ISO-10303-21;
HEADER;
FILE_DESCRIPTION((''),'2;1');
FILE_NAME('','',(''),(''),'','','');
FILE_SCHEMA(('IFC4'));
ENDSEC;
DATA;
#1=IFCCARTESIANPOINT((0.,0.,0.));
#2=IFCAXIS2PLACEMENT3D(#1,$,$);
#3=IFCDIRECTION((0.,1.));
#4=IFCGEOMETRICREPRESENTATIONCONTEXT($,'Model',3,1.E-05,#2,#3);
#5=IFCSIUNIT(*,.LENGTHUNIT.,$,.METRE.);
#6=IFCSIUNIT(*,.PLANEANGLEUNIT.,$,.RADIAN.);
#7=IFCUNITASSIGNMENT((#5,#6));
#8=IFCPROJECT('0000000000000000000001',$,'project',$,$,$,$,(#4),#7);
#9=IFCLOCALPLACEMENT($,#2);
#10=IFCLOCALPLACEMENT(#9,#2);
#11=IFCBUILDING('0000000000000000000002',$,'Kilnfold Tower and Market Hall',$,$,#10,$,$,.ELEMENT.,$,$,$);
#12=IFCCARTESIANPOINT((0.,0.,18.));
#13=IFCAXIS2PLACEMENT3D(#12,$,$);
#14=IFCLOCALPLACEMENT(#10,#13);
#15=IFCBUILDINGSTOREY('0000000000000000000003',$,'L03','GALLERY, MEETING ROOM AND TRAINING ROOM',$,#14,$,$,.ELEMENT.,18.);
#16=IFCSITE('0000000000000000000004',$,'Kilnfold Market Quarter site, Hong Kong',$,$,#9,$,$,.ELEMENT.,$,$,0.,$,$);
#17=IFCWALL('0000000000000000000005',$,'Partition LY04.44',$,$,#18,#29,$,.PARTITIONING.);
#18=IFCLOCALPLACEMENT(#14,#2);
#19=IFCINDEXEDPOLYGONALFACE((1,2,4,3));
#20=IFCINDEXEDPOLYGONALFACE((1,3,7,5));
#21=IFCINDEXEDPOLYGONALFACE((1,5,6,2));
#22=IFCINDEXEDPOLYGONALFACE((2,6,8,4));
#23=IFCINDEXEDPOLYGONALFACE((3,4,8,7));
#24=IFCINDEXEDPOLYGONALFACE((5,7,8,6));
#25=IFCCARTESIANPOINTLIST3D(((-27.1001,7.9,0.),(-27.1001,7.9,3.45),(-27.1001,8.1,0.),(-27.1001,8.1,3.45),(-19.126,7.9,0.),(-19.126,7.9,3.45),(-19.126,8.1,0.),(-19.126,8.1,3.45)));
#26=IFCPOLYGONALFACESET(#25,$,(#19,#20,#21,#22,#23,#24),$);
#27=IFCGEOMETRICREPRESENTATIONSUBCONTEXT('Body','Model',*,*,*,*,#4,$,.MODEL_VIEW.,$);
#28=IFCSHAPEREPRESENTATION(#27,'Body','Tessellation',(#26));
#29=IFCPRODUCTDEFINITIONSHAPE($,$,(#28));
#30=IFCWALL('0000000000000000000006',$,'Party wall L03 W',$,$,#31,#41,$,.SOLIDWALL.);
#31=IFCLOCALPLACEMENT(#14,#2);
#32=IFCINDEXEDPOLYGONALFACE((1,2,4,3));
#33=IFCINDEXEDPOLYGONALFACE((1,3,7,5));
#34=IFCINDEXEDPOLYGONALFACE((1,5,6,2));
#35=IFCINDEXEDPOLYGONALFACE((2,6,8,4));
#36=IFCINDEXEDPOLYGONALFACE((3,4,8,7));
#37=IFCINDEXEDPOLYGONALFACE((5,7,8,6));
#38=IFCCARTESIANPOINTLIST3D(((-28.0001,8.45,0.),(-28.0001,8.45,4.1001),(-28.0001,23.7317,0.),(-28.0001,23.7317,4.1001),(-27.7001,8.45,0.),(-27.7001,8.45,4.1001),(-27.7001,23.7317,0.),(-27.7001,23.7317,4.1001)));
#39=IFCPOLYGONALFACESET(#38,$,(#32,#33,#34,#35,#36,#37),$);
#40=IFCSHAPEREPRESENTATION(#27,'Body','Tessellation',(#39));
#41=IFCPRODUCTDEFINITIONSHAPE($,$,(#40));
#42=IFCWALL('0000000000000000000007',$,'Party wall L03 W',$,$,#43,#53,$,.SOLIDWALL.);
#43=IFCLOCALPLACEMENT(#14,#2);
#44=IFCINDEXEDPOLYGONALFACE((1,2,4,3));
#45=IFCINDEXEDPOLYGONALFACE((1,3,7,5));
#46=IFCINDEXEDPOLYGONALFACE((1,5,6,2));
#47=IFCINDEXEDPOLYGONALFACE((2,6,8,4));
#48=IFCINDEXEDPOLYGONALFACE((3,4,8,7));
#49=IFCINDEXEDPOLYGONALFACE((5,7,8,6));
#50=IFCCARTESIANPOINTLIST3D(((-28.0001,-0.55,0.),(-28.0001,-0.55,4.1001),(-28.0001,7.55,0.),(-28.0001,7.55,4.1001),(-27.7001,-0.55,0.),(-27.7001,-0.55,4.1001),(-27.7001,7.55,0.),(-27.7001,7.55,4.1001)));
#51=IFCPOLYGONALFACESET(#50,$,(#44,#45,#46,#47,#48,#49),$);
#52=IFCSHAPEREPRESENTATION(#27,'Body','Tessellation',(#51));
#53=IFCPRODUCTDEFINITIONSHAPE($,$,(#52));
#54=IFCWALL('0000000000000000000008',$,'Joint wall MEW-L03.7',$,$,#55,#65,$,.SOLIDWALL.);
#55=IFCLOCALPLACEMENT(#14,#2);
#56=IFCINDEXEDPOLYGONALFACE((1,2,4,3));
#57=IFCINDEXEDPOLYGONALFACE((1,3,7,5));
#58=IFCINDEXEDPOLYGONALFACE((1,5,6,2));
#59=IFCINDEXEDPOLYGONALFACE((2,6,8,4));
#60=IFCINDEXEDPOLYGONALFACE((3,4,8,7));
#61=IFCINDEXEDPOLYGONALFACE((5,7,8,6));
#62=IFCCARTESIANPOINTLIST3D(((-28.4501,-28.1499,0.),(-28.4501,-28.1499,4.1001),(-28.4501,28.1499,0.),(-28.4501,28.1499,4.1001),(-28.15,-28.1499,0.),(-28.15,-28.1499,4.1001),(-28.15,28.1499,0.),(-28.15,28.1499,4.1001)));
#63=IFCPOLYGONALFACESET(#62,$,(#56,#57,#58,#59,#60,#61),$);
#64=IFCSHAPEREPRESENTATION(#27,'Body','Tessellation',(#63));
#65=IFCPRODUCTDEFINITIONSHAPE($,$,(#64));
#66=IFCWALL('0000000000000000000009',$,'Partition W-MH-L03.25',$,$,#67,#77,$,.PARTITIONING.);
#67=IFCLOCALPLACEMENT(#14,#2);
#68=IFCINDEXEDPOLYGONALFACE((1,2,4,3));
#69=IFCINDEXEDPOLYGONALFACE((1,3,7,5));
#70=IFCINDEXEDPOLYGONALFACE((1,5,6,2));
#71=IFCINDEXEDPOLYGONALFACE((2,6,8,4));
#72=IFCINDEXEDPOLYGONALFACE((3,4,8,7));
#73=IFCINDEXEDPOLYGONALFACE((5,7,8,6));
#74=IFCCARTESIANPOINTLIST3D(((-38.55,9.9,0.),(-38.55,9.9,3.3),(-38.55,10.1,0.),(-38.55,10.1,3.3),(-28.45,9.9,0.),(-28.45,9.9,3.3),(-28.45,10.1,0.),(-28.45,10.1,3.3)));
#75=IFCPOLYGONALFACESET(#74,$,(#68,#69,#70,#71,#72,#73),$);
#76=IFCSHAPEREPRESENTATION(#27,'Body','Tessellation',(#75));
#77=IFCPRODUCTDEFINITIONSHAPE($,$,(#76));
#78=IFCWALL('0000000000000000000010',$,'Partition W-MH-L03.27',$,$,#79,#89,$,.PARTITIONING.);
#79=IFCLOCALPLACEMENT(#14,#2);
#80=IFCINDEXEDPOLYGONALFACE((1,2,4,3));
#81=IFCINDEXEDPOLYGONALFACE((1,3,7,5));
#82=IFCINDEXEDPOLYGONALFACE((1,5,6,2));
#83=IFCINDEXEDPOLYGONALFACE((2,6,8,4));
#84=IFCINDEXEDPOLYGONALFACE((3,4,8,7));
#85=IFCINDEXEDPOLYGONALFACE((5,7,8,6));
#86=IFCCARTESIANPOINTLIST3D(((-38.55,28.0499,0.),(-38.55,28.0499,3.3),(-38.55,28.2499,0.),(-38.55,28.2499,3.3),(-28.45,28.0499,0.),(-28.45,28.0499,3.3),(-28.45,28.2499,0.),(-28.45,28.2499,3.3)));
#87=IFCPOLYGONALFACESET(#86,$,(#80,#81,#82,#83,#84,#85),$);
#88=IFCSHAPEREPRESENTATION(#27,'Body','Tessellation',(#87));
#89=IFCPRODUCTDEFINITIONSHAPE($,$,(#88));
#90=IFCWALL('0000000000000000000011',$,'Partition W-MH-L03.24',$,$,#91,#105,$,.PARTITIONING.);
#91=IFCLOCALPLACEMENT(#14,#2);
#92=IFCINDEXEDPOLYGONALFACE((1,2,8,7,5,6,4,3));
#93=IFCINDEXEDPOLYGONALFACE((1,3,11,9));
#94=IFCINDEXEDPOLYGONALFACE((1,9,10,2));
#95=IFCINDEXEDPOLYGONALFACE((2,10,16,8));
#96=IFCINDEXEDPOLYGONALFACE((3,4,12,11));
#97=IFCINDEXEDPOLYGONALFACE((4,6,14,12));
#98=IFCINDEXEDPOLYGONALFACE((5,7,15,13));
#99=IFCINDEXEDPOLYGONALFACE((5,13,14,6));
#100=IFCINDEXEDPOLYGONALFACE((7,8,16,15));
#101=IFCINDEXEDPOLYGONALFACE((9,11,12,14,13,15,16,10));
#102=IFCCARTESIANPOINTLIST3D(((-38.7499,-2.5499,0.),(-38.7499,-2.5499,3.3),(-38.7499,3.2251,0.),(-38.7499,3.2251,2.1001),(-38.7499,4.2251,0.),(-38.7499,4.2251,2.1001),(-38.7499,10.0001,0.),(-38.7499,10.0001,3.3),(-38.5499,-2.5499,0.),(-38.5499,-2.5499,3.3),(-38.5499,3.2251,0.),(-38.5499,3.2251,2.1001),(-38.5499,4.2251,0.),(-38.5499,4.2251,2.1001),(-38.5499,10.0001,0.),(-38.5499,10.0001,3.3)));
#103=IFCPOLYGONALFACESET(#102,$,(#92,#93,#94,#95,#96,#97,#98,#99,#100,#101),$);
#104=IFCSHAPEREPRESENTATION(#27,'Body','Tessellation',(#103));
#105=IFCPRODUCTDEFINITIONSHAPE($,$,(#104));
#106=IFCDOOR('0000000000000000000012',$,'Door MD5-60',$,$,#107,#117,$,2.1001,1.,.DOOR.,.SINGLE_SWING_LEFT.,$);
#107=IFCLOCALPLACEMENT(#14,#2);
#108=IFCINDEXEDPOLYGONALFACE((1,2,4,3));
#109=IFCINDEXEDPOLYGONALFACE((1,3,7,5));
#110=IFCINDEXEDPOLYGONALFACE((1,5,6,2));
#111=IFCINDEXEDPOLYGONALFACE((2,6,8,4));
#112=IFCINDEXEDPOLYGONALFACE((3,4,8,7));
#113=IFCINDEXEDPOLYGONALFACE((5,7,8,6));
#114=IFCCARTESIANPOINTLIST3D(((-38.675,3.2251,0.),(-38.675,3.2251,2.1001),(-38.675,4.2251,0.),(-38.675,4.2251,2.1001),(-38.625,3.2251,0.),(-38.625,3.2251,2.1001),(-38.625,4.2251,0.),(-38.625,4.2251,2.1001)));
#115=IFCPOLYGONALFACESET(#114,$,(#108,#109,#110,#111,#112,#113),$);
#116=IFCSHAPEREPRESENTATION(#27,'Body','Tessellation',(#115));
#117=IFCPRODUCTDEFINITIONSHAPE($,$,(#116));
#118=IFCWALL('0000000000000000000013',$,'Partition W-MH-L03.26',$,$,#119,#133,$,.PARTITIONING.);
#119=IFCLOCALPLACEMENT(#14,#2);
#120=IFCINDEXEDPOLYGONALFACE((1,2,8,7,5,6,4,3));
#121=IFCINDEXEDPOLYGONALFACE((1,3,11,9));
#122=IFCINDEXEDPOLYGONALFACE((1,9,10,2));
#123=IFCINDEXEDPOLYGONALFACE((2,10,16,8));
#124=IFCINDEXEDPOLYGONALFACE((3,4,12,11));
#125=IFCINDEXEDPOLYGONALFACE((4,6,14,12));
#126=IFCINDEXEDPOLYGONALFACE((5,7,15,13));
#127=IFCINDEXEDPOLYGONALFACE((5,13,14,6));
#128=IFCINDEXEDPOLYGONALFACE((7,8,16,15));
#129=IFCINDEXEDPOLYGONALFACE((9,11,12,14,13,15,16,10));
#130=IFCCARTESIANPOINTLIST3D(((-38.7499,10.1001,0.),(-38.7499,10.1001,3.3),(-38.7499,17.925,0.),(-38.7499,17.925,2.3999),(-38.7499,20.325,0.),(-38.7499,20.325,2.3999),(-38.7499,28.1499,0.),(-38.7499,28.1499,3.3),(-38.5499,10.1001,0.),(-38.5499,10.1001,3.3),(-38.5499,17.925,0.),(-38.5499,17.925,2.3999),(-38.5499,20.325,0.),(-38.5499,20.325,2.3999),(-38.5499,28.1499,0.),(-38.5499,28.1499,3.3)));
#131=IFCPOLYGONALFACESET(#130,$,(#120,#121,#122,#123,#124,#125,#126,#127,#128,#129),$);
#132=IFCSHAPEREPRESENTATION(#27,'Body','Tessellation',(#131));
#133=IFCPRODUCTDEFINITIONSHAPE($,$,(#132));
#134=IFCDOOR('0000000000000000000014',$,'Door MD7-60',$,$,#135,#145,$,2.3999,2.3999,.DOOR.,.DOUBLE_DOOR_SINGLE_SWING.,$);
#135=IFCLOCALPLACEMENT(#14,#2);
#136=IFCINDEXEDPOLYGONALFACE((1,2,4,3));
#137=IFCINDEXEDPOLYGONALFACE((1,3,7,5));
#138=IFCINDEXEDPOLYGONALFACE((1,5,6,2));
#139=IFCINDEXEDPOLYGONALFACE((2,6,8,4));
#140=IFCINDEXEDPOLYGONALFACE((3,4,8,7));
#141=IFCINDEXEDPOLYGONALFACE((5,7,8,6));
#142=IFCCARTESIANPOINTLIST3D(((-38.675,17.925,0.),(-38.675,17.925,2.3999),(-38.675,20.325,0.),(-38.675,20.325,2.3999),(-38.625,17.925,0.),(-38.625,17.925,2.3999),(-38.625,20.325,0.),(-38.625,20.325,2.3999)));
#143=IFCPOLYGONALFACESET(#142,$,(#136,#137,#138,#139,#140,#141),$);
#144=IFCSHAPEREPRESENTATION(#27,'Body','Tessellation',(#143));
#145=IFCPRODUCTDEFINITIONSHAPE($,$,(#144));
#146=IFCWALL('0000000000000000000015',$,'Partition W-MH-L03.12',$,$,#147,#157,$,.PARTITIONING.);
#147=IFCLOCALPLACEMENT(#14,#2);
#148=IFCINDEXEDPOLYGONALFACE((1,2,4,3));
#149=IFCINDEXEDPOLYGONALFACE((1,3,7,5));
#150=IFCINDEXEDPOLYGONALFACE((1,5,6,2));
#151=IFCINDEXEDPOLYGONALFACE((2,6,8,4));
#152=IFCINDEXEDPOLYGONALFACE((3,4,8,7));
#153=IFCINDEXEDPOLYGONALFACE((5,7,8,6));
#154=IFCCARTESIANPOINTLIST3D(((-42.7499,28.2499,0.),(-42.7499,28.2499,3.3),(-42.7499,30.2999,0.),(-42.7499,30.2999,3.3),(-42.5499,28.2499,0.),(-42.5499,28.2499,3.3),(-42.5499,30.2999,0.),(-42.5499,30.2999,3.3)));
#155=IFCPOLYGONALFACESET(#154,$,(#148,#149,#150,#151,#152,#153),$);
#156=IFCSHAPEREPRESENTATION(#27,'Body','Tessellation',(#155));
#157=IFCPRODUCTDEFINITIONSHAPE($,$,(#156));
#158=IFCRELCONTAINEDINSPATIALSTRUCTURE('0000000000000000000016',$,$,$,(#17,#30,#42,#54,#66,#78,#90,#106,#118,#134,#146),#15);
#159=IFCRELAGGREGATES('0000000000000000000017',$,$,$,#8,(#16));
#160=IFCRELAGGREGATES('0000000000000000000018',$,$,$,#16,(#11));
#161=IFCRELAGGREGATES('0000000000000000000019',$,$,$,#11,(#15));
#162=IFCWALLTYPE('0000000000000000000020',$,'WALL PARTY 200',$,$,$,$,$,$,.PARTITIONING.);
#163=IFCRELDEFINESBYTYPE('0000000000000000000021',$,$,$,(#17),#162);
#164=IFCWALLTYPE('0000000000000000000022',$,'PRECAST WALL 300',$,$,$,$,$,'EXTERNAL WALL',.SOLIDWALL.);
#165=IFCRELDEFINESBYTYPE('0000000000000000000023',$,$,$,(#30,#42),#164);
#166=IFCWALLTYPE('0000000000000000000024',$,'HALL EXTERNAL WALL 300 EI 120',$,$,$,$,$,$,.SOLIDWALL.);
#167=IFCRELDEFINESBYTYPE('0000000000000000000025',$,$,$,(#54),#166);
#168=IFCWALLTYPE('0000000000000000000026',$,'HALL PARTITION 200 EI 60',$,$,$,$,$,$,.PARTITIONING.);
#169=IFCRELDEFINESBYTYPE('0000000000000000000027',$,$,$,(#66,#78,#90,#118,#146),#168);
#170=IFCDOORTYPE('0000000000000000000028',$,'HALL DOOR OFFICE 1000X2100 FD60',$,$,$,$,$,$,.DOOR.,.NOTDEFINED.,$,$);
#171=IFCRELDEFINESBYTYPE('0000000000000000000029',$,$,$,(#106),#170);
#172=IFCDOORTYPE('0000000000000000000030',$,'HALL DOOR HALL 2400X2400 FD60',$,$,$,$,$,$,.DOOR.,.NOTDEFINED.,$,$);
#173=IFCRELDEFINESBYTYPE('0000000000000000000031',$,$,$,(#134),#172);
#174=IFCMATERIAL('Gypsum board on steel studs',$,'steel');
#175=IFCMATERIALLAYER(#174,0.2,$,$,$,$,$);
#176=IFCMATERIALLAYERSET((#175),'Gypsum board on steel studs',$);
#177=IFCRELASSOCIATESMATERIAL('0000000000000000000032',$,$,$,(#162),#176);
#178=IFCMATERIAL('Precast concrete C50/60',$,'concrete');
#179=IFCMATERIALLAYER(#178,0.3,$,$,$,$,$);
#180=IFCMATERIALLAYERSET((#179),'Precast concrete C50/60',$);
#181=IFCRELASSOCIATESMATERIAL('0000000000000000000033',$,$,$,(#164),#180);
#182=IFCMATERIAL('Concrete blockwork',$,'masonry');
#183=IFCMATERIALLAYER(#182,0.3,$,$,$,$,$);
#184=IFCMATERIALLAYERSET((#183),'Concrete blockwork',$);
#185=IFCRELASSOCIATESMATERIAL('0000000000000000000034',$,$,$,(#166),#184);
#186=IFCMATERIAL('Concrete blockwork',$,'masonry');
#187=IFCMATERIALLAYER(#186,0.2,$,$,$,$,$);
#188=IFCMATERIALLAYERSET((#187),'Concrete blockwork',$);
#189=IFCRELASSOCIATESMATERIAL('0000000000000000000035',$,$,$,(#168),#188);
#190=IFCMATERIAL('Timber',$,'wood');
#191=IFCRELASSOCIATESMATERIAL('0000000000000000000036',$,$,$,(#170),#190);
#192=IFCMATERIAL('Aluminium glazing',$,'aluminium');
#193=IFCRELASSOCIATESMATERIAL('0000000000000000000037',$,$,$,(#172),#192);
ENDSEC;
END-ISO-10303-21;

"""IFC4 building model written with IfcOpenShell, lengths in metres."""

from ifc_helpers import new_model, si_unit, direction, frame, frame_2d, origin, place, context, subcontext, project, spatial, rectangle, extrude, source, transform, mapped, material, layer, layer_set, type_object, element, fill, save


model = new_model("IFC4")

# Units and contexts
model_context = context("Model", 3, precision=1e-05, world=origin(), true_north=direction((0.0, 1.0)))
body_context = subcontext(model_context, "Body", "Model", "MODEL_VIEW")
ifc_project = project(units=[si_unit("LENGTHUNIT", "METRE"), si_unit("PLANEANGLEUNIT", "RADIAN")], contexts=[model_context])

# Site, building, storey
site_placement = place(None, origin())
site = spatial("IfcSite", under=ifc_project, at=site_placement, Name="Kilnfold Market Quarter site, Hong Kong", CompositionType="ELEMENT", RefElevation=0.0)
building_placement = place(site_placement, origin())
building = spatial("IfcBuilding", under=site, at=building_placement, Name="Kilnfold Tower and Market Hall", CompositionType="ELEMENT")
storey_placement = place(building_placement, frame((0.0, 0.0, 18.0)))
storey = spatial("IfcBuildingStorey", under=building, at=storey_placement, Name="L03", Description="GALLERY, MEETING ROOM AND TRAINING ROOM", CompositionType="ELEMENT", Elevation=18.0)

# Walls
ifc_material_1 = material(Name="Gypsum board on steel studs", Category="steel")
ifc_layer_1 = layer(ifc_material_1, 0.2)
ifc_layer_set_1 = layer_set([ifc_layer_1], Name="Gypsum board on steel studs")
wall_type_1 = type_object("IfcWallType", Name="WALL PARTY 200", PredefinedType="PARTITIONING", material=ifc_layer_set_1)
wall_1_placement = place(storey_placement, frame((-27.1001, 8.0, 0.0), z_axis=(0.0, 0.0, 1.0), x_axis=(1.0, 0.0, 0.0)))
element("IfcWall", 1, at=wall_1_placement, inside=storey, type_object=wall_type_1, Name="Partition LY04.44", PredefinedType="PARTITIONING", context=body_context, shape_type="SweptSolid", body=[
    extrude(rectangle(XDim=7.9741, YDim=0.2, at=frame_2d((3.9871, 0.0))), origin(), (0.0, 0.0, 1.0), 3.45),
])
ifc_material_2 = material(Name="Precast concrete C50/60", Category="concrete")
ifc_layer_2 = layer(ifc_material_2, 0.3)
ifc_layer_set_2 = layer_set([ifc_layer_2], Name="Precast concrete C50/60")
wall_type_2 = type_object("IfcWallType", Name="PRECAST WALL 300", ElementType="EXTERNAL WALL", PredefinedType="SOLIDWALL", material=ifc_layer_set_2)
shared_shape_1 = source(origin(), body_context, "Body", "SweptSolid", [
    extrude(rectangle(XDim=15.2817, YDim=0.3, at=frame_2d((7.6409, 0.0))), origin(), (0.0, 0.0, 1.0), 4.1001),
])
wall_2_placement = place(storey_placement, frame((-27.8501, 23.7317, 0.0), z_axis=(0.0, 0.0, 1.0), x_axis=(0.0, -1.0, 0.0)))
element("IfcWall", 2, at=wall_2_placement, inside=storey, type_object=wall_type_2, Name="Party wall L03 W", PredefinedType="SOLIDWALL", context=body_context, shape_type="MappedRepresentation", body=[
    mapped(shared_shape_1, transform((0.0, 0.0, 0.0))),
])
shared_shape_2 = source(origin(), body_context, "Body", "SweptSolid", [
    extrude(rectangle(XDim=8.1001, YDim=0.3, at=frame_2d((4.05, 0.0))), origin(), (0.0, 0.0, 1.0), 4.1001),
])
wall_3_placement = place(storey_placement, frame((-27.8501, 7.55, 0.0), z_axis=(0.0, 0.0, 1.0), x_axis=(0.0, -1.0, 0.0)))
element("IfcWall", 3, at=wall_3_placement, inside=storey, type_object=wall_type_2, Name="Party wall L03 W", PredefinedType="SOLIDWALL", context=body_context, shape_type="MappedRepresentation", body=[
    mapped(shared_shape_2, transform((0.0, 0.0, 0.0))),
])
ifc_material_3 = material(Name="Concrete blockwork", Category="masonry")
ifc_layer_3 = layer(ifc_material_3, 0.3)
ifc_layer_set_3 = layer_set([ifc_layer_3], Name="Concrete blockwork")
wall_type_3 = type_object("IfcWallType", Name="HALL EXTERNAL WALL 300 EI 120", PredefinedType="SOLIDWALL", material=ifc_layer_set_3)
shared_shape_3 = source(origin(), body_context, "Body", "SweptSolid", [
    extrude(rectangle(XDim=56.2998, YDim=0.3, at=frame_2d((28.1499, 0.0))), origin(), (0.0, 0.0, 1.0), 4.1001),
])
wall_4_placement = place(storey_placement, frame((-28.3, 28.1499, 0.0), z_axis=(0.0, 0.0, 1.0), x_axis=(0.0, -1.0, 0.0)))
element("IfcWall", 4, at=wall_4_placement, inside=storey, type_object=wall_type_3, Name="Joint wall MEW-L03.7", PredefinedType="SOLIDWALL", context=body_context, shape_type="MappedRepresentation", body=[
    mapped(shared_shape_3, transform((0.0, 0.0, 0.0))),
])
ifc_material_4 = material(Name="Concrete blockwork", Category="masonry")
ifc_layer_4 = layer(ifc_material_4, 0.2)
ifc_layer_set_4 = layer_set([ifc_layer_4], Name="Concrete blockwork")
wall_type_4 = type_object("IfcWallType", Name="HALL PARTITION 200 EI 60", PredefinedType="PARTITIONING", material=ifc_layer_set_4)
shared_shape_4 = source(origin(), body_context, "Body", "SweptSolid", [
    extrude(rectangle(XDim=10.1001, YDim=0.2, at=frame_2d((5.05, 0.0))), origin(), (0.0, 0.0, 1.0), 3.3),
])
for number, where, z_axis, x_axis, name in (
    (5, (-38.55, 10.0, 0.0), (0.0, 0.0, 1.0), (1.0, 0.0, 0.0), "Partition W-MH-L03.25"),
    (6, (-38.55, 28.1499, 0.0), (0.0, 0.0, 1.0), (1.0, 0.0, 0.0), "Partition W-MH-L03.27"),
):
    element("IfcWall", number, at=place(storey_placement, frame(where, z_axis=z_axis, x_axis=x_axis)), inside=storey, type_object=wall_type_4, Name=name, PredefinedType="PARTITIONING", context=body_context, shape_type="MappedRepresentation", body=[
        mapped(shared_shape_4, transform((0.0, 0.0, 0.0))),
    ])

# Walls, openings, doors
shared_shape_5 = source(origin(), body_context, "Body", "SweptSolid", [
    extrude(rectangle(XDim=12.55, YDim=0.2, at=frame_2d((6.2749, 0.0))), origin(), (0.0, 0.0, 1.0), 3.3),
])
wall_5_placement = place(storey_placement, frame((-38.6499, 10.0, 0.0), z_axis=(0.0, 0.0, 1.0), x_axis=(0.0, -1.0, 0.0)))
wall_5 = element("IfcWall", 7, at=wall_5_placement, inside=storey, type_object=wall_type_4, Name="Partition W-MH-L03.24", PredefinedType="PARTITIONING", context=body_context, shape_type="MappedRepresentation", body=[
    mapped(shared_shape_5, transform((0.0, 0.0, 0.0))),
])
opening_1_placement = place(wall_5_placement, frame((5.7749, 0.0, 0.0)))
opening_1 = element("IfcOpeningElement", 8, at=opening_1_placement, cuts=wall_5, PredefinedType="OPENING", context=body_context, shape_type="SweptSolid", body=[
    extrude(rectangle(XDim=1.0, YDim=2.1001, at=frame_2d((0.5, 1.05))), frame((0.0, 0.1099, 0.0), z_axis=(0.0, -1.0, 0.0), x_axis=(1.0, 0.0, 0.0)), (0.0, 0.0, 1.0), 0.22),
])
ifc_material_5 = material(Name="Timber", Category="wood")
door_type_1 = type_object("IfcDoorType", Name="HALL DOOR OFFICE 1000X2100 FD60", OperationType="NOTDEFINED", PredefinedType="DOOR", material=ifc_material_5)
door_1_placement = place(opening_1_placement, origin())
door_1 = element("IfcDoor", 9, at=door_1_placement, inside=storey, type_object=door_type_1, Name="Door MD5-60", OperationType="SINGLE_SWING_LEFT", OverallHeight=2.1001, OverallWidth=1.0, PredefinedType="DOOR", context=body_context, shape_type="SweptSolid", body=[
    extrude(rectangle(XDim=1.0, YDim=2.1001, at=frame_2d((0.5, 1.05))), frame((0.0, 0.0249, 0.0), z_axis=(0.0, -1.0, 0.0), x_axis=(1.0, 0.0, 0.0)), (0.0, 0.0, 1.0), 0.05),
])
fill(opening_1, door_1)
shared_shape_6 = source(origin(), body_context, "Body", "SweptSolid", [
    extrude(rectangle(XDim=18.0498, YDim=0.2, at=frame_2d((9.0249, 0.0))), origin(), (0.0, 0.0, 1.0), 3.3),
])
wall_6_placement = place(storey_placement, frame((-38.6499, 28.1499, 0.0), z_axis=(0.0, 0.0, 1.0), x_axis=(0.0, -1.0, 0.0)))
wall_6 = element("IfcWall", 10, at=wall_6_placement, inside=storey, type_object=wall_type_4, Name="Partition W-MH-L03.26", PredefinedType="PARTITIONING", context=body_context, shape_type="MappedRepresentation", body=[
    mapped(shared_shape_6, transform((0.0, 0.0, 0.0))),
])
opening_2_placement = place(wall_6_placement, frame((7.825, 0.0, 0.0)))
opening_2 = element("IfcOpeningElement", 11, at=opening_2_placement, cuts=wall_6, PredefinedType="OPENING", context=body_context, shape_type="SweptSolid", body=[
    extrude(rectangle(XDim=2.3999, YDim=2.3999, at=frame_2d((1.2, 1.2))), frame((0.0, 0.1099, 0.0), z_axis=(0.0, -1.0, 0.0), x_axis=(1.0, 0.0, 0.0)), (0.0, 0.0, 1.0), 0.22),
])
ifc_material_6 = material(Name="Aluminium glazing", Category="aluminium")
door_type_2 = type_object("IfcDoorType", Name="HALL DOOR HALL 2400X2400 FD60", OperationType="NOTDEFINED", PredefinedType="DOOR", material=ifc_material_6)
door_2_placement = place(opening_2_placement, origin())
door_2 = element("IfcDoor", 12, at=door_2_placement, inside=storey, type_object=door_type_2, Name="Door MD7-60", OperationType="DOUBLE_DOOR_SINGLE_SWING", OverallHeight=2.3999, OverallWidth=2.3999, PredefinedType="DOOR", context=body_context, shape_type="SweptSolid", body=[
    extrude(rectangle(XDim=2.3999, YDim=2.3999, at=frame_2d((1.2, 1.2))), frame((0.0, 0.0249, 0.0), z_axis=(0.0, -1.0, 0.0), x_axis=(1.0, 0.0, 0.0)), (0.0, 0.0, 1.0), 0.05),
])
fill(opening_2, door_2)

# Wall
shared_shape_7 = source(origin(), body_context, "Body", "SweptSolid", [
    extrude(rectangle(XDim=2.05, YDim=0.2, at=frame_2d((1.0249, 0.0))), origin(), (0.0, 0.0, 1.0), 3.3),
])
wall_7_placement = place(storey_placement, frame((-42.6499, 28.25, 0.0), z_axis=(0.0, 0.0, 1.0), x_axis=(0.0, 1.0, 0.0)))
element("IfcWall", 13, at=wall_7_placement, inside=storey, type_object=wall_type_4, Name="Partition W-MH-L03.12", PredefinedType="PARTITIONING", context=body_context, shape_type="MappedRepresentation", body=[
    mapped(shared_shape_7, transform((0.0, 0.0, 0.0))),
])

save(model, "model.ifc")
